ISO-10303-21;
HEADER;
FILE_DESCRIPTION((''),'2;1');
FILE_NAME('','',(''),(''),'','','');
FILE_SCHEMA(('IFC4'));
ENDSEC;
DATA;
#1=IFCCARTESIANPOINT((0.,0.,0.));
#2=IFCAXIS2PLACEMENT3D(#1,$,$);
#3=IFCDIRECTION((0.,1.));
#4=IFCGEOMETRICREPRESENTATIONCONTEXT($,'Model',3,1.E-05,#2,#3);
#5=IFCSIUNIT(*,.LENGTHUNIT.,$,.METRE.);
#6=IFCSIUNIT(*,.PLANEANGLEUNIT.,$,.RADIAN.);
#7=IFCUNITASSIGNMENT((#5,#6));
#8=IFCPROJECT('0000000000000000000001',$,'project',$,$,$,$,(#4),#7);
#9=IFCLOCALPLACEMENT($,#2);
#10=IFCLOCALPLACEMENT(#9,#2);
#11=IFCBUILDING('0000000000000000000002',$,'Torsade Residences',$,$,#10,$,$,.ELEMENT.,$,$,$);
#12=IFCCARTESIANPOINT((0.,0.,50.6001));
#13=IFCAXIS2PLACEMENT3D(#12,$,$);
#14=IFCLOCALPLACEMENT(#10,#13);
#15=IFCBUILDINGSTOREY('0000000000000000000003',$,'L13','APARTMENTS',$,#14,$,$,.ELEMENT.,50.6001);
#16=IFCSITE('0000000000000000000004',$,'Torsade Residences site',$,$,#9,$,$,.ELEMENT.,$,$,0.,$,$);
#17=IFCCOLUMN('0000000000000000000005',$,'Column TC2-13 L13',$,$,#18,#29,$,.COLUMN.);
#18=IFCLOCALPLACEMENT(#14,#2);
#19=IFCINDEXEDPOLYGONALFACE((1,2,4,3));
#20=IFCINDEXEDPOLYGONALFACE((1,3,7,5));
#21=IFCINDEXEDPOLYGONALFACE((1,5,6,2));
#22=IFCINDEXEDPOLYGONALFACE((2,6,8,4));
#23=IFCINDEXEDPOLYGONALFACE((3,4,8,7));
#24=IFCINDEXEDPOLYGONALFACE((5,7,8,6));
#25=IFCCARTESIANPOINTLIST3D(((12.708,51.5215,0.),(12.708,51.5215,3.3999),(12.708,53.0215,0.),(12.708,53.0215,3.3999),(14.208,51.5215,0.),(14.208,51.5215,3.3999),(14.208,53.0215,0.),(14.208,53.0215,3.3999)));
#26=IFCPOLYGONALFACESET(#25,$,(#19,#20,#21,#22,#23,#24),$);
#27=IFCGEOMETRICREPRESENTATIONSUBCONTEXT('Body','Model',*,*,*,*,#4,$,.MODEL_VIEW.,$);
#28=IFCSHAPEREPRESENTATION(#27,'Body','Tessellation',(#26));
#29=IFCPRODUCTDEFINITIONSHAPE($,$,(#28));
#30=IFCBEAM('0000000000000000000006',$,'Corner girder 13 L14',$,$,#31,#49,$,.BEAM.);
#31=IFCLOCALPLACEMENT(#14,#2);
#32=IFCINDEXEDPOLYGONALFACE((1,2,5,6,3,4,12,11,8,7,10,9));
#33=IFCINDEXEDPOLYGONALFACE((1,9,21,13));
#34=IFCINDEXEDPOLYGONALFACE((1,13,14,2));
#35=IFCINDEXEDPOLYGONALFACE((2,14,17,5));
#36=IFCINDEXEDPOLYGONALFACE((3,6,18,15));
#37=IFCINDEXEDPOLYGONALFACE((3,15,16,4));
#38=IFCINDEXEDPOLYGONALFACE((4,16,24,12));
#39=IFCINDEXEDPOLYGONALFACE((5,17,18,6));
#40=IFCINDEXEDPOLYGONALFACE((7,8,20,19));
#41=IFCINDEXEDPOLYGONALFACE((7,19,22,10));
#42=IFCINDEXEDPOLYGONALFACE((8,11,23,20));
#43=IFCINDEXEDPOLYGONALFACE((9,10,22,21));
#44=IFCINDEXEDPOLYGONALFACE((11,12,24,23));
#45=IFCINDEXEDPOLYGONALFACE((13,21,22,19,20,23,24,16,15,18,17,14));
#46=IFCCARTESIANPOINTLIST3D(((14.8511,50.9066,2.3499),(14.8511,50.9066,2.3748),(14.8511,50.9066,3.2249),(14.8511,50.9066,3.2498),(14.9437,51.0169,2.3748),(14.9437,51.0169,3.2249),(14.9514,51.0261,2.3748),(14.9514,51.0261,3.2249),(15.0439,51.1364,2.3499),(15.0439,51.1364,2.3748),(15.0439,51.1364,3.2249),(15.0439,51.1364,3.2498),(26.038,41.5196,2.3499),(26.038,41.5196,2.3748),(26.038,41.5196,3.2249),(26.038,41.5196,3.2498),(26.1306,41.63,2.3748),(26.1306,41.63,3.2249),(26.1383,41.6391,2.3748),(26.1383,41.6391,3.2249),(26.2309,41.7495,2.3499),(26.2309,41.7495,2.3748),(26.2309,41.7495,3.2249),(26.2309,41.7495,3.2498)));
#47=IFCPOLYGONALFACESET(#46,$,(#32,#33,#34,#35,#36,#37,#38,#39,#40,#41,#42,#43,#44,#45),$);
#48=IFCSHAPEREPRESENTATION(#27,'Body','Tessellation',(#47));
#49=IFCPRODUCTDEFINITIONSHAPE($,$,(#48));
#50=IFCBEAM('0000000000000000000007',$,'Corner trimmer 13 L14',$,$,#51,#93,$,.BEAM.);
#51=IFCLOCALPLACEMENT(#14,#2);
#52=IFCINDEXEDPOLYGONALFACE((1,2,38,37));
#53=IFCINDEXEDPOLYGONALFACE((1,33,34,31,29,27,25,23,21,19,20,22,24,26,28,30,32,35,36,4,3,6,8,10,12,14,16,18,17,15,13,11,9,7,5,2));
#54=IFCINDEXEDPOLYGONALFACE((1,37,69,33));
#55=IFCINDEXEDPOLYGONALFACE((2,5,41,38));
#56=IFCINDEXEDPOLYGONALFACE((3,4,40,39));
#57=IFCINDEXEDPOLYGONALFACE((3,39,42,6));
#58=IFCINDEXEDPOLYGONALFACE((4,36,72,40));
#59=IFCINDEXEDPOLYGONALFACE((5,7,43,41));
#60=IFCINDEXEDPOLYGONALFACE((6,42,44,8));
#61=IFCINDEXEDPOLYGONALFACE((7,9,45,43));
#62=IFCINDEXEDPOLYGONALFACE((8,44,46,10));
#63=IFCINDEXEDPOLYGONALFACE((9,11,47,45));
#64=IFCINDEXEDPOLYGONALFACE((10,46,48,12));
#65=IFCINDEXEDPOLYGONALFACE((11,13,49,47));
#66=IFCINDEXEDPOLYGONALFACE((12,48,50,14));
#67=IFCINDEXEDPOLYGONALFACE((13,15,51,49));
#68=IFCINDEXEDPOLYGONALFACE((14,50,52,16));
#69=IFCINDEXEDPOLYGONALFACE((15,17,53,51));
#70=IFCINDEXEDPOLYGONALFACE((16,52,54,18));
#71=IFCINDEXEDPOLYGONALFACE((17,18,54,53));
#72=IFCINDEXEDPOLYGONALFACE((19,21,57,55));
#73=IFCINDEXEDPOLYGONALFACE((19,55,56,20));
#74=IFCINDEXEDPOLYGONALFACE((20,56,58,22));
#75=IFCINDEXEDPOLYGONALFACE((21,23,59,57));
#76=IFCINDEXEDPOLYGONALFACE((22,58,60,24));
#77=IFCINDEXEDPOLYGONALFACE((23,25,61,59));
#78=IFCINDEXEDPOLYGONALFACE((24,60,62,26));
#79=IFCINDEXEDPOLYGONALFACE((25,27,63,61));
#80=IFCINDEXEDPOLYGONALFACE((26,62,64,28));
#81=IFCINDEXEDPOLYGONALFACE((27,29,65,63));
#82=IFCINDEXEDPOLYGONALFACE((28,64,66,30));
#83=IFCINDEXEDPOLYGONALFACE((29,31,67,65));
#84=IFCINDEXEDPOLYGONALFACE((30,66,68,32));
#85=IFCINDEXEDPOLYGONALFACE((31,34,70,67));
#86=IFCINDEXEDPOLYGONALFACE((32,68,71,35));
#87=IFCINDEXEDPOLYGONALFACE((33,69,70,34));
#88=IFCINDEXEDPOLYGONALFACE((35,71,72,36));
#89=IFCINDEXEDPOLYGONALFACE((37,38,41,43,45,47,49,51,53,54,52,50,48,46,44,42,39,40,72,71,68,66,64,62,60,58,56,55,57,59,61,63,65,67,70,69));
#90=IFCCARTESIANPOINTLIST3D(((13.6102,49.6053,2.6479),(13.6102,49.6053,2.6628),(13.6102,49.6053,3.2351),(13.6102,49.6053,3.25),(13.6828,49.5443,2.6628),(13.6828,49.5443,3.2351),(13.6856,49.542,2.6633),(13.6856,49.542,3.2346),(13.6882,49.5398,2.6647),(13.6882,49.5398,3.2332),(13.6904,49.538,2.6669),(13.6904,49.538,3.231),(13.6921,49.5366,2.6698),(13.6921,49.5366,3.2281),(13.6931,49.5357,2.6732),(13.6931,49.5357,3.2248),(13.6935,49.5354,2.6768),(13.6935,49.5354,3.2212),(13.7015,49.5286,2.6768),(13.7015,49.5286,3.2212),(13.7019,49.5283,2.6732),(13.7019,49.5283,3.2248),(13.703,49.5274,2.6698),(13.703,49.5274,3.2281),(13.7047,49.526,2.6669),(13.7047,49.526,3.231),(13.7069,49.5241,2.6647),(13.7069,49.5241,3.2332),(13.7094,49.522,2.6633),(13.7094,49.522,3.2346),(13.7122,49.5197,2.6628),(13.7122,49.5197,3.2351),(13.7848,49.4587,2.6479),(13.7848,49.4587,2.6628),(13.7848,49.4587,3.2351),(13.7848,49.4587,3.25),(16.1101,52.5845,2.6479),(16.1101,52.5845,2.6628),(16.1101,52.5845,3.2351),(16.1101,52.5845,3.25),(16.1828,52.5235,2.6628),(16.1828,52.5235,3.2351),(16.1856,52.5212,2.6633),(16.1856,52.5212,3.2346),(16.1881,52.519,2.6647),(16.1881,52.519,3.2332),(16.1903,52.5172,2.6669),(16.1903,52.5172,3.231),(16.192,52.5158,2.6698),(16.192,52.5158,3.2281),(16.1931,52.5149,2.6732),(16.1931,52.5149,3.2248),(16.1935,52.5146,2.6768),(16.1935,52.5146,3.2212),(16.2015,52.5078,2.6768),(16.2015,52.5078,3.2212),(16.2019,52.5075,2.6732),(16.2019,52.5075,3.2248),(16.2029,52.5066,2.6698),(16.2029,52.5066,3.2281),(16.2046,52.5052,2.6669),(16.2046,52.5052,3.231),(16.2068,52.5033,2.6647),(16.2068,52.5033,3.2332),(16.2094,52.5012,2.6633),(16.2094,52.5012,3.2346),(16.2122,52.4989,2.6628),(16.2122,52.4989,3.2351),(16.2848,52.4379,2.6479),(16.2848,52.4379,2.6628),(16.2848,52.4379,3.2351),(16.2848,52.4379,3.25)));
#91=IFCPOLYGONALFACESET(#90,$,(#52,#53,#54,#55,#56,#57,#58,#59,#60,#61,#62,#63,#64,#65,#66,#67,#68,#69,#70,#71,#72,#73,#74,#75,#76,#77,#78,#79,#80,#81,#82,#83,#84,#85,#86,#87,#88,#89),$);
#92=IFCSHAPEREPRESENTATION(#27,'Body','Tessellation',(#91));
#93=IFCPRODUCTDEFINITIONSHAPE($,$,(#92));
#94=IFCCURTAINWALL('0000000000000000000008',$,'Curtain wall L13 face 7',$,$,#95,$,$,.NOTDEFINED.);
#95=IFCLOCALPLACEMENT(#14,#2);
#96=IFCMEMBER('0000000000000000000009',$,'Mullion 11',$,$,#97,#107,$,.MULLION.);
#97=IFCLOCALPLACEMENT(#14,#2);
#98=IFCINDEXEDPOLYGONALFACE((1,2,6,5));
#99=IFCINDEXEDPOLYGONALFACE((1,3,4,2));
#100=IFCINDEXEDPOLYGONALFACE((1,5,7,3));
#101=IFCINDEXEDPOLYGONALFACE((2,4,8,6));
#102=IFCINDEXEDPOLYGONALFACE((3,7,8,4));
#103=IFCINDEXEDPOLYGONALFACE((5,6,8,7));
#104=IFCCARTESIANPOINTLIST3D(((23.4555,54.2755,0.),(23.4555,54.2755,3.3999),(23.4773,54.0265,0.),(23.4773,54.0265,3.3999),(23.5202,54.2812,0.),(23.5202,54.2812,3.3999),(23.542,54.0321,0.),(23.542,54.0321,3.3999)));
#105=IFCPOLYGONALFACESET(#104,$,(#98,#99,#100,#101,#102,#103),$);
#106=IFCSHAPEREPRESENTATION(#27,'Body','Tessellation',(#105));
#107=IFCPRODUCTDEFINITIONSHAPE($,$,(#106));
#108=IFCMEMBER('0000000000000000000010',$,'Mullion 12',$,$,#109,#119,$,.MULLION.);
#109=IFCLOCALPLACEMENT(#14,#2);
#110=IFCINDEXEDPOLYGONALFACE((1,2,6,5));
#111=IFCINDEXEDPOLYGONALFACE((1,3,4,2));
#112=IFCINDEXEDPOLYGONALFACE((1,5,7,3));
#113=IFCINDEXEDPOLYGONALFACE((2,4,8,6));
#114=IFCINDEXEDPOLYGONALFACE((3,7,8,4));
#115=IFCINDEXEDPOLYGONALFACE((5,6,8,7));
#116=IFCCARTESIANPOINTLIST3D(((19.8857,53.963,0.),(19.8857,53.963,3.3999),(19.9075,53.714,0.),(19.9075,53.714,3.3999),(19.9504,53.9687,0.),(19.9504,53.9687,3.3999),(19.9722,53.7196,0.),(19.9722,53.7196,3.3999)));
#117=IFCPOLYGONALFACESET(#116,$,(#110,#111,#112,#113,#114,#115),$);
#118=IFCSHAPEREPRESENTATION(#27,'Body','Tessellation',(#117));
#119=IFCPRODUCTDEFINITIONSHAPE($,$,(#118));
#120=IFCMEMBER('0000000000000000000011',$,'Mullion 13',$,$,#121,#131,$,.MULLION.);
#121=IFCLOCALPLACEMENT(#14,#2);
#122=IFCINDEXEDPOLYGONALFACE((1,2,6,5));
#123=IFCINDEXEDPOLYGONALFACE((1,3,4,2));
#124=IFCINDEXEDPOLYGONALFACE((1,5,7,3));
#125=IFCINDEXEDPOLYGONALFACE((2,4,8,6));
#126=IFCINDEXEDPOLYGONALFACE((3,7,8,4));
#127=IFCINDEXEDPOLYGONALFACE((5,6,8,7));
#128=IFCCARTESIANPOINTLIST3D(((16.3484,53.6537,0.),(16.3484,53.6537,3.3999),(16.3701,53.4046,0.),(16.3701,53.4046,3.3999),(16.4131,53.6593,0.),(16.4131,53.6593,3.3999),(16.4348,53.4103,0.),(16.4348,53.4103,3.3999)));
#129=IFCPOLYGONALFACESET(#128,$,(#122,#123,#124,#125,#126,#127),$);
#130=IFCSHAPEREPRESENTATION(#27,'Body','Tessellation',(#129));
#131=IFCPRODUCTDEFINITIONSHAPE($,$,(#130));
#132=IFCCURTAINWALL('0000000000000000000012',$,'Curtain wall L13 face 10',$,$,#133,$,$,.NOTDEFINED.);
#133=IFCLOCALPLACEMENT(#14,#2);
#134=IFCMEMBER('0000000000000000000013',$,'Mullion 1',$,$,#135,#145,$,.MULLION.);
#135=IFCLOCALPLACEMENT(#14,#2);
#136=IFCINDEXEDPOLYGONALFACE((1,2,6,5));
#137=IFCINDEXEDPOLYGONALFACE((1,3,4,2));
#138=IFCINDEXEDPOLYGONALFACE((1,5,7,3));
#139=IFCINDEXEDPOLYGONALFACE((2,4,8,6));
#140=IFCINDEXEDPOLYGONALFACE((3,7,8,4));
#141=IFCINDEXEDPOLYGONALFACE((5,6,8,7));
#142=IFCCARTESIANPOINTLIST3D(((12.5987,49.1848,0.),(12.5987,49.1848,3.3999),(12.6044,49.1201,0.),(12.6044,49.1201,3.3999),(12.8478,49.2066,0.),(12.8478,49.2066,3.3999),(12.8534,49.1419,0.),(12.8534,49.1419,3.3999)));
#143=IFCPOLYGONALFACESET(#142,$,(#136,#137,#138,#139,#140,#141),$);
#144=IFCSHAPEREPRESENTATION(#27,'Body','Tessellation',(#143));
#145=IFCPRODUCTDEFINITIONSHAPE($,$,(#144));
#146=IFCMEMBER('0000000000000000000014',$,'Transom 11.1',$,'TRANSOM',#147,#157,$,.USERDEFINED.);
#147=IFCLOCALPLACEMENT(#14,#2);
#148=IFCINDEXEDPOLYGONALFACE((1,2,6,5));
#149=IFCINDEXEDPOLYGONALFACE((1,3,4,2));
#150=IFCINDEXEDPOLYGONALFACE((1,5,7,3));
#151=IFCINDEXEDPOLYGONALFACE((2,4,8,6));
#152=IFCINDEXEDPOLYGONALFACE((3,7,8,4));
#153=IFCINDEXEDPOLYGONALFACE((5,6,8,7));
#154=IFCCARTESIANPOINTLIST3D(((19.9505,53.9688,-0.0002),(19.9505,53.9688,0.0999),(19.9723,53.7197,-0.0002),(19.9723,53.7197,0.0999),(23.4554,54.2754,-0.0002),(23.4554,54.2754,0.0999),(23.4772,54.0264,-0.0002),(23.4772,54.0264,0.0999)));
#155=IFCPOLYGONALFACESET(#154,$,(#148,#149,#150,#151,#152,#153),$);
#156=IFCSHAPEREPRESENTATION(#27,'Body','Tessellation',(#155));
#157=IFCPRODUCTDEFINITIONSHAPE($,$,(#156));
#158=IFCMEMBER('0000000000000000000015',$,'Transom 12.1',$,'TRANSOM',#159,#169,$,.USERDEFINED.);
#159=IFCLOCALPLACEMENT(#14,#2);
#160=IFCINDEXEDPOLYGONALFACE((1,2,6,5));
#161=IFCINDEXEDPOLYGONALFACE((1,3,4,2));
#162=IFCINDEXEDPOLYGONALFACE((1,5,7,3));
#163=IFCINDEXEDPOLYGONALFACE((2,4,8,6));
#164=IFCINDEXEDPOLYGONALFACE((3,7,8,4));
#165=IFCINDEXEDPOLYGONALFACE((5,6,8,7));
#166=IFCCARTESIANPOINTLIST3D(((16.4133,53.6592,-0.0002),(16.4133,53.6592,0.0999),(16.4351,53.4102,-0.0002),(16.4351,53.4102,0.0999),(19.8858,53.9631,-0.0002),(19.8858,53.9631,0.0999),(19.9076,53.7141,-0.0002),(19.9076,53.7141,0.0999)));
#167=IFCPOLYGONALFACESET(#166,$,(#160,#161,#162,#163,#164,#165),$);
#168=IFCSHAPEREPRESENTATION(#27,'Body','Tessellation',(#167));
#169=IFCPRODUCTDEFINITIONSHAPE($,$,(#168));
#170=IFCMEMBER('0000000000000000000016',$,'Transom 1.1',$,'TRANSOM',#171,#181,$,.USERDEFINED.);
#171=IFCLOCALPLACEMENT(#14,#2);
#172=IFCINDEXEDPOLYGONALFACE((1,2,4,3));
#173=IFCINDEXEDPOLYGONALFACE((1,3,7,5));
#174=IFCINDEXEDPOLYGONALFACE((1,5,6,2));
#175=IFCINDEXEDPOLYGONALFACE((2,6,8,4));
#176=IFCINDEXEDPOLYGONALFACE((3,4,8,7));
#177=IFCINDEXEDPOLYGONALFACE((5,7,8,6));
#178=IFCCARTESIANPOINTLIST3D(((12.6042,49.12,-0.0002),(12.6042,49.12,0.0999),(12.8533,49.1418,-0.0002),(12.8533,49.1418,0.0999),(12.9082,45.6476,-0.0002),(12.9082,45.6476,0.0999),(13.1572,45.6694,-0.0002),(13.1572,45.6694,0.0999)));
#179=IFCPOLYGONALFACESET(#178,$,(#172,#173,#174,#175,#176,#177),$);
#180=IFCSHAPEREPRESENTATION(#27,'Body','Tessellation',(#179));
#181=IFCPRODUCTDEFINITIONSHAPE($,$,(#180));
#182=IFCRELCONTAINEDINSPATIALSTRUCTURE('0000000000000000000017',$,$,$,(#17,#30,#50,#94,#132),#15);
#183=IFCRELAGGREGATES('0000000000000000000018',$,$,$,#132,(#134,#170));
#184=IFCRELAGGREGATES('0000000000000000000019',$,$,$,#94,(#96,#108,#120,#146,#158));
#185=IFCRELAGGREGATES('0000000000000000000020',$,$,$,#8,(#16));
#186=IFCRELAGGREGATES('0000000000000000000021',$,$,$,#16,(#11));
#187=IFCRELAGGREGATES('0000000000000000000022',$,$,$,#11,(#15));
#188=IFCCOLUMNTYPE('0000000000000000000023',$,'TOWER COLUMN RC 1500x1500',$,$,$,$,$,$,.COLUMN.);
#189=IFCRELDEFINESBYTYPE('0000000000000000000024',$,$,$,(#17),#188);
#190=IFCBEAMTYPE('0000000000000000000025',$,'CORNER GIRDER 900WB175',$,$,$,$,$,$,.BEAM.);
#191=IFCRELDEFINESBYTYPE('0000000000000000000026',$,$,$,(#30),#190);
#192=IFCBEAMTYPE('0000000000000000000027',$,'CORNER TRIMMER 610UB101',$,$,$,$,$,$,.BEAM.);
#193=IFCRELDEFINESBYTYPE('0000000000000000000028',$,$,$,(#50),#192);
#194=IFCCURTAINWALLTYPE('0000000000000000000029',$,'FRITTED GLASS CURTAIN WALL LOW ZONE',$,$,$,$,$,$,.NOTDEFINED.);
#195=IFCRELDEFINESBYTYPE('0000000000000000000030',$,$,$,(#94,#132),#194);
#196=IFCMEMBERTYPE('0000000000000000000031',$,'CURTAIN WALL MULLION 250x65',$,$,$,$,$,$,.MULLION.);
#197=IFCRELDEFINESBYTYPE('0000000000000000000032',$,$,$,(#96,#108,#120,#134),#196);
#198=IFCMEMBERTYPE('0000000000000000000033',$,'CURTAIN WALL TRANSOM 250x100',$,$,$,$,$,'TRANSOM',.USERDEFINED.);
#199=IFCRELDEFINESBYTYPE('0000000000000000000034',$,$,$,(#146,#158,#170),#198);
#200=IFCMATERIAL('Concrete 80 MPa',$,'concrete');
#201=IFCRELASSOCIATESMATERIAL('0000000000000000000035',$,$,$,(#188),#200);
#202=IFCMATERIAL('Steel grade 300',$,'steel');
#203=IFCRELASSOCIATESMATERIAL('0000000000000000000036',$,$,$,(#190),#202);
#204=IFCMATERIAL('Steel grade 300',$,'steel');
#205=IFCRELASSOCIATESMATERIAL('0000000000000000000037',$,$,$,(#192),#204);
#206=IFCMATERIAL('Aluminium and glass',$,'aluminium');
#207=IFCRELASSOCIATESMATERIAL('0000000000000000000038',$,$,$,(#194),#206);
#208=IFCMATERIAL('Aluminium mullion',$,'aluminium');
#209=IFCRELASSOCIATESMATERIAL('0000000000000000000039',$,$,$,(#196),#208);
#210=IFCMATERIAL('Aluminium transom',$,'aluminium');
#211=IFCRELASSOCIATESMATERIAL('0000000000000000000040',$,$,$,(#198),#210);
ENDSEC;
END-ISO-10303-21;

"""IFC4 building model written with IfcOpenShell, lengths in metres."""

from ifc_helpers import new_model, si_unit, direction, frame, origin, origin_2d, place, context, subcontext, project, spatial, rectangle, i_section, extrude, material, material_profile, profile_set, type_object, element, aggregate, save


model = new_model("IFC4")

# Units and contexts
model_context = context("Model", 3, precision=1e-05, world=origin(), true_north=direction((0.0, 1.0)))
body_context = subcontext(model_context, "Body", "Model", "MODEL_VIEW")
ifc_project = project(units=[si_unit("LENGTHUNIT", "METRE"), si_unit("PLANEANGLEUNIT", "RADIAN")], contexts=[model_context])

# Site, building, storey
site_placement = place(None, origin())
site = spatial("IfcSite", under=ifc_project, at=site_placement, Name="Torsade Residences site", CompositionType="ELEMENT", RefElevation=0.0)
building_placement = place(site_placement, origin())
building = spatial("IfcBuilding", under=site, at=building_placement, Name="Torsade Residences", CompositionType="ELEMENT")
storey_placement = place(building_placement, frame((0.0, 0.0, 50.6001)))
storey = spatial("IfcBuildingStorey", under=building, at=storey_placement, Name="L13", Description="APARTMENTS", CompositionType="ELEMENT", Elevation=50.6001)

# Column
ifc_material_1 = material(Name="Concrete 80 MPa", Category="concrete")
ifc_material_profile_1 = material_profile(ifc_material_1, rectangle(XDim=1.5, YDim=1.5, at=origin_2d()), Name="RC 1500x1500")
ifc_profile_set_1 = profile_set([ifc_material_profile_1], Name="Concrete 80 MPa")
column_type = type_object("IfcColumnType", Name="TOWER COLUMN RC 1500x1500", PredefinedType="COLUMN", material=ifc_profile_set_1)
column_placement = place(storey_placement, frame((13.458, 52.2715, 0.0), z_axis=(0.0, 0.0, 1.0), x_axis=(1.0, 0.0, 0.0)))
element("IfcColumn", 1, at=column_placement, inside=storey, type_object=column_type, Name="Column TC2-13 L13", PredefinedType="COLUMN", context=body_context, shape_type="SweptSolid", body=[
    extrude(rectangle(XDim=1.5, YDim=1.5, at=origin_2d()), origin(), (0.0, 0.0, 1.0), 3.3999),
])

# Beams
ifc_material_2 = material(Name="Steel grade 300", Category="steel")
ifc_material_profile_2 = material_profile(ifc_material_2, i_section(OverallWidth=0.3, OverallDepth=0.8999, WebThickness=0.012, FlangeThickness=0.0249, at=origin_2d()), Name="900WB175")
ifc_profile_set_2 = profile_set([ifc_material_profile_2], Name="Steel grade 300")
beam_type_1 = type_object("IfcBeamType", Name="CORNER GIRDER 900WB175", PredefinedType="BEAM", material=ifc_profile_set_2)
beam_1_placement = place(storey_placement, frame((14.9475, 51.0215, 2.7998), z_axis=(0.766046, -0.642785, 0.0), x_axis=(0.642785, 0.766046, 0.0)))
element("IfcBeam", 2, at=beam_1_placement, inside=storey, type_object=beam_type_1, Name="Corner girder 13 L14", PredefinedType="BEAM", context=body_context, shape_type="SweptSolid", body=[
    extrude(i_section(OverallWidth=0.3, OverallDepth=0.8999, WebThickness=0.012, FlangeThickness=0.0249, at=origin_2d()), origin(), (0.0, 0.0, 1.0), 14.6035),
])
ifc_material_3 = material(Name="Steel grade 300", Category="steel")
ifc_material_profile_3 = material_profile(ifc_material_3, i_section(OverallWidth=0.228, OverallDepth=0.6021, WebThickness=0.0105, FlangeThickness=0.0149, FilletRadius=0.0139, at=origin_2d()), Name="610UB101")
ifc_profile_set_3 = profile_set([ifc_material_profile_3], Name="Steel grade 300")
beam_type_2 = type_object("IfcBeamType", Name="CORNER TRIMMER 610UB101", PredefinedType="BEAM", material=ifc_profile_set_3)
beam_2_placement = place(storey_placement, frame((13.6975, 49.532, 2.949), z_axis=(0.642805, 0.76603, 0.0), x_axis=(-0.76603, 0.642805, 0.0)))
element("IfcBeam", 3, at=beam_2_placement, inside=storey, type_object=beam_type_2, Name="Corner trimmer 13 L14", PredefinedType="BEAM", context=body_context, shape_type="SweptSolid", body=[
    extrude(i_section(OverallWidth=0.228, OverallDepth=0.6021, WebThickness=0.0105, FlangeThickness=0.0149, FilletRadius=0.0139, at=origin_2d()), origin(), (0.0, 0.0, 1.0), 3.8892),
])

# Curtain wall, members
ifc_material_4 = material(Name="Aluminium and glass", Category="aluminium")
curtain_wall_type = type_object("IfcCurtainWallType", Name="FRITTED GLASS CURTAIN WALL LOW ZONE", PredefinedType="NOTDEFINED", material=ifc_material_4)
curtain_wall_1_placement = place(storey_placement, origin())
curtain_wall_1 = element("IfcCurtainWall", 4, at=curtain_wall_1_placement, inside=storey, type_object=curtain_wall_type, Name="Curtain wall L13 face 7", PredefinedType="NOTDEFINED")
ifc_material_5 = material(Name="Aluminium mullion", Category="aluminium")
ifc_material_profile_4 = material_profile(ifc_material_5, rectangle(XDim=0.25, YDim=0.0649, at=origin_2d()), Name="CURTAIN WALL MULLION 250x65")
ifc_profile_set_4 = profile_set([ifc_material_profile_4], Name="Aluminium mullion")
member_type_1 = type_object("IfcMemberType", Name="CURTAIN WALL MULLION 250x65", PredefinedType="MULLION", material=ifc_profile_set_4)
member_1_placement = place(storey_placement, frame((23.4988, 54.1538, 0.0), z_axis=(0.0, 0.0, 1.0), x_axis=(0.087156, -0.996195, 0.0)))
member_1 = element("IfcMember", 5, at=member_1_placement, type_object=member_type_1, Name="Mullion 11", PredefinedType="MULLION", context=body_context, shape_type="SweptSolid", body=[
    extrude(rectangle(XDim=0.25, YDim=0.0649, at=origin_2d()), origin(), (0.0, 0.0, 1.0), 3.3999),
])
member_2_placement = place(storey_placement, frame((19.929, 53.8413, 0.0), z_axis=(0.0, 0.0, 1.0), x_axis=(0.087156, -0.996195, 0.0)))
member_2 = element("IfcMember", 6, at=member_2_placement, type_object=member_type_1, Name="Mullion 12", PredefinedType="MULLION", context=body_context, shape_type="SweptSolid", body=[
    extrude(rectangle(XDim=0.25, YDim=0.0649, at=origin_2d()), origin(), (0.0, 0.0, 1.0), 3.3999),
])
member_3_placement = place(storey_placement, frame((16.3916, 53.532, 0.0), z_axis=(0.0, 0.0, 1.0), x_axis=(0.087156, -0.996195, 0.0)))
member_3 = element("IfcMember", 7, at=member_3_placement, type_object=member_type_1, Name="Mullion 13", PredefinedType="MULLION", context=body_context, shape_type="SweptSolid", body=[
    extrude(rectangle(XDim=0.25, YDim=0.0649, at=origin_2d()), origin(), (0.0, 0.0, 1.0), 3.3999),
])

# Curtain wall, member
curtain_wall_2_placement = place(storey_placement, origin())
curtain_wall_2 = element("IfcCurtainWall", 8, at=curtain_wall_2_placement, inside=storey, type_object=curtain_wall_type, Name="Curtain wall L13 face 10", PredefinedType="NOTDEFINED")
member_4_placement = place(storey_placement, frame((12.7261, 49.1633, 0.0), z_axis=(0.0, 0.0, 1.0), x_axis=(0.996195, 0.087156, 0.0)))
member_4 = element("IfcMember", 9, at=member_4_placement, type_object=member_type_1, Name="Mullion 1", PredefinedType="MULLION", context=body_context, shape_type="SweptSolid", body=[
    extrude(rectangle(XDim=0.25, YDim=0.0649, at=origin_2d()), origin(), (0.0, 0.0, 1.0), 3.3999),
])

# Members
ifc_material_6 = material(Name="Aluminium transom", Category="aluminium")
ifc_material_profile_5 = material_profile(ifc_material_6, rectangle(XDim=0.25, YDim=0.1001, at=origin_2d()), Name="CURTAIN WALL TRANSOM 250x100")
ifc_profile_set_5 = profile_set([ifc_material_profile_5], Name="Aluminium transom")
member_type_2 = type_object("IfcMemberType", Name="CURTAIN WALL TRANSOM 250x100", ElementType="TRANSOM", PredefinedType="USERDEFINED", material=ifc_profile_set_5)
member_5_placement = place(storey_placement, frame((23.4663, 54.1509, 0.0498), z_axis=(-0.996195, -0.087157, 0.0), x_axis=(0.087157, -0.996195, 0.0)))
member_5 = element("IfcMember", 10, at=member_5_placement, type_object=member_type_2, Name="Transom 11.1", ObjectType="TRANSOM", PredefinedType="USERDEFINED", context=body_context, shape_type="SweptSolid", body=[
    extrude(rectangle(XDim=0.25, YDim=0.1001, at=origin_2d()), origin(), (0.0, 0.0, 1.0), 3.5183),
])
member_6_placement = place(storey_placement, frame((19.8967, 53.8386, 0.0498), z_axis=(-0.996191, -0.087195, 0.0), x_axis=(0.087195, -0.996191, 0.0)))
member_6 = element("IfcMember", 11, at=member_6_placement, type_object=member_type_2, Name="Transom 12.1", ObjectType="TRANSOM", PredefinedType="USERDEFINED", context=body_context, shape_type="SweptSolid", body=[
    extrude(rectangle(XDim=0.25, YDim=0.1001, at=origin_2d()), origin(), (0.0, 0.0, 1.0), 3.4858),
])
member_7_placement = place(storey_placement, frame((12.7288, 49.1309, 0.0498), z_axis=(0.087201, -0.996191, 0.0), x_axis=(0.996191, 0.087201, 0.0)))
member_7 = element("IfcMember", 12, at=member_7_placement, type_object=member_type_2, Name="Transom 1.1", ObjectType="TRANSOM", PredefinedType="USERDEFINED", context=body_context, shape_type="SweptSolid", body=[
    extrude(rectangle(XDim=0.25, YDim=0.1001, at=origin_2d()), origin(), (0.0, 0.0, 1.0), 3.4856),
])

aggregate(curtain_wall_2, [member_4, member_7])
aggregate(curtain_wall_1, [member_1, member_2, member_3, member_5, member_6])

save(model, "model.ifc")
